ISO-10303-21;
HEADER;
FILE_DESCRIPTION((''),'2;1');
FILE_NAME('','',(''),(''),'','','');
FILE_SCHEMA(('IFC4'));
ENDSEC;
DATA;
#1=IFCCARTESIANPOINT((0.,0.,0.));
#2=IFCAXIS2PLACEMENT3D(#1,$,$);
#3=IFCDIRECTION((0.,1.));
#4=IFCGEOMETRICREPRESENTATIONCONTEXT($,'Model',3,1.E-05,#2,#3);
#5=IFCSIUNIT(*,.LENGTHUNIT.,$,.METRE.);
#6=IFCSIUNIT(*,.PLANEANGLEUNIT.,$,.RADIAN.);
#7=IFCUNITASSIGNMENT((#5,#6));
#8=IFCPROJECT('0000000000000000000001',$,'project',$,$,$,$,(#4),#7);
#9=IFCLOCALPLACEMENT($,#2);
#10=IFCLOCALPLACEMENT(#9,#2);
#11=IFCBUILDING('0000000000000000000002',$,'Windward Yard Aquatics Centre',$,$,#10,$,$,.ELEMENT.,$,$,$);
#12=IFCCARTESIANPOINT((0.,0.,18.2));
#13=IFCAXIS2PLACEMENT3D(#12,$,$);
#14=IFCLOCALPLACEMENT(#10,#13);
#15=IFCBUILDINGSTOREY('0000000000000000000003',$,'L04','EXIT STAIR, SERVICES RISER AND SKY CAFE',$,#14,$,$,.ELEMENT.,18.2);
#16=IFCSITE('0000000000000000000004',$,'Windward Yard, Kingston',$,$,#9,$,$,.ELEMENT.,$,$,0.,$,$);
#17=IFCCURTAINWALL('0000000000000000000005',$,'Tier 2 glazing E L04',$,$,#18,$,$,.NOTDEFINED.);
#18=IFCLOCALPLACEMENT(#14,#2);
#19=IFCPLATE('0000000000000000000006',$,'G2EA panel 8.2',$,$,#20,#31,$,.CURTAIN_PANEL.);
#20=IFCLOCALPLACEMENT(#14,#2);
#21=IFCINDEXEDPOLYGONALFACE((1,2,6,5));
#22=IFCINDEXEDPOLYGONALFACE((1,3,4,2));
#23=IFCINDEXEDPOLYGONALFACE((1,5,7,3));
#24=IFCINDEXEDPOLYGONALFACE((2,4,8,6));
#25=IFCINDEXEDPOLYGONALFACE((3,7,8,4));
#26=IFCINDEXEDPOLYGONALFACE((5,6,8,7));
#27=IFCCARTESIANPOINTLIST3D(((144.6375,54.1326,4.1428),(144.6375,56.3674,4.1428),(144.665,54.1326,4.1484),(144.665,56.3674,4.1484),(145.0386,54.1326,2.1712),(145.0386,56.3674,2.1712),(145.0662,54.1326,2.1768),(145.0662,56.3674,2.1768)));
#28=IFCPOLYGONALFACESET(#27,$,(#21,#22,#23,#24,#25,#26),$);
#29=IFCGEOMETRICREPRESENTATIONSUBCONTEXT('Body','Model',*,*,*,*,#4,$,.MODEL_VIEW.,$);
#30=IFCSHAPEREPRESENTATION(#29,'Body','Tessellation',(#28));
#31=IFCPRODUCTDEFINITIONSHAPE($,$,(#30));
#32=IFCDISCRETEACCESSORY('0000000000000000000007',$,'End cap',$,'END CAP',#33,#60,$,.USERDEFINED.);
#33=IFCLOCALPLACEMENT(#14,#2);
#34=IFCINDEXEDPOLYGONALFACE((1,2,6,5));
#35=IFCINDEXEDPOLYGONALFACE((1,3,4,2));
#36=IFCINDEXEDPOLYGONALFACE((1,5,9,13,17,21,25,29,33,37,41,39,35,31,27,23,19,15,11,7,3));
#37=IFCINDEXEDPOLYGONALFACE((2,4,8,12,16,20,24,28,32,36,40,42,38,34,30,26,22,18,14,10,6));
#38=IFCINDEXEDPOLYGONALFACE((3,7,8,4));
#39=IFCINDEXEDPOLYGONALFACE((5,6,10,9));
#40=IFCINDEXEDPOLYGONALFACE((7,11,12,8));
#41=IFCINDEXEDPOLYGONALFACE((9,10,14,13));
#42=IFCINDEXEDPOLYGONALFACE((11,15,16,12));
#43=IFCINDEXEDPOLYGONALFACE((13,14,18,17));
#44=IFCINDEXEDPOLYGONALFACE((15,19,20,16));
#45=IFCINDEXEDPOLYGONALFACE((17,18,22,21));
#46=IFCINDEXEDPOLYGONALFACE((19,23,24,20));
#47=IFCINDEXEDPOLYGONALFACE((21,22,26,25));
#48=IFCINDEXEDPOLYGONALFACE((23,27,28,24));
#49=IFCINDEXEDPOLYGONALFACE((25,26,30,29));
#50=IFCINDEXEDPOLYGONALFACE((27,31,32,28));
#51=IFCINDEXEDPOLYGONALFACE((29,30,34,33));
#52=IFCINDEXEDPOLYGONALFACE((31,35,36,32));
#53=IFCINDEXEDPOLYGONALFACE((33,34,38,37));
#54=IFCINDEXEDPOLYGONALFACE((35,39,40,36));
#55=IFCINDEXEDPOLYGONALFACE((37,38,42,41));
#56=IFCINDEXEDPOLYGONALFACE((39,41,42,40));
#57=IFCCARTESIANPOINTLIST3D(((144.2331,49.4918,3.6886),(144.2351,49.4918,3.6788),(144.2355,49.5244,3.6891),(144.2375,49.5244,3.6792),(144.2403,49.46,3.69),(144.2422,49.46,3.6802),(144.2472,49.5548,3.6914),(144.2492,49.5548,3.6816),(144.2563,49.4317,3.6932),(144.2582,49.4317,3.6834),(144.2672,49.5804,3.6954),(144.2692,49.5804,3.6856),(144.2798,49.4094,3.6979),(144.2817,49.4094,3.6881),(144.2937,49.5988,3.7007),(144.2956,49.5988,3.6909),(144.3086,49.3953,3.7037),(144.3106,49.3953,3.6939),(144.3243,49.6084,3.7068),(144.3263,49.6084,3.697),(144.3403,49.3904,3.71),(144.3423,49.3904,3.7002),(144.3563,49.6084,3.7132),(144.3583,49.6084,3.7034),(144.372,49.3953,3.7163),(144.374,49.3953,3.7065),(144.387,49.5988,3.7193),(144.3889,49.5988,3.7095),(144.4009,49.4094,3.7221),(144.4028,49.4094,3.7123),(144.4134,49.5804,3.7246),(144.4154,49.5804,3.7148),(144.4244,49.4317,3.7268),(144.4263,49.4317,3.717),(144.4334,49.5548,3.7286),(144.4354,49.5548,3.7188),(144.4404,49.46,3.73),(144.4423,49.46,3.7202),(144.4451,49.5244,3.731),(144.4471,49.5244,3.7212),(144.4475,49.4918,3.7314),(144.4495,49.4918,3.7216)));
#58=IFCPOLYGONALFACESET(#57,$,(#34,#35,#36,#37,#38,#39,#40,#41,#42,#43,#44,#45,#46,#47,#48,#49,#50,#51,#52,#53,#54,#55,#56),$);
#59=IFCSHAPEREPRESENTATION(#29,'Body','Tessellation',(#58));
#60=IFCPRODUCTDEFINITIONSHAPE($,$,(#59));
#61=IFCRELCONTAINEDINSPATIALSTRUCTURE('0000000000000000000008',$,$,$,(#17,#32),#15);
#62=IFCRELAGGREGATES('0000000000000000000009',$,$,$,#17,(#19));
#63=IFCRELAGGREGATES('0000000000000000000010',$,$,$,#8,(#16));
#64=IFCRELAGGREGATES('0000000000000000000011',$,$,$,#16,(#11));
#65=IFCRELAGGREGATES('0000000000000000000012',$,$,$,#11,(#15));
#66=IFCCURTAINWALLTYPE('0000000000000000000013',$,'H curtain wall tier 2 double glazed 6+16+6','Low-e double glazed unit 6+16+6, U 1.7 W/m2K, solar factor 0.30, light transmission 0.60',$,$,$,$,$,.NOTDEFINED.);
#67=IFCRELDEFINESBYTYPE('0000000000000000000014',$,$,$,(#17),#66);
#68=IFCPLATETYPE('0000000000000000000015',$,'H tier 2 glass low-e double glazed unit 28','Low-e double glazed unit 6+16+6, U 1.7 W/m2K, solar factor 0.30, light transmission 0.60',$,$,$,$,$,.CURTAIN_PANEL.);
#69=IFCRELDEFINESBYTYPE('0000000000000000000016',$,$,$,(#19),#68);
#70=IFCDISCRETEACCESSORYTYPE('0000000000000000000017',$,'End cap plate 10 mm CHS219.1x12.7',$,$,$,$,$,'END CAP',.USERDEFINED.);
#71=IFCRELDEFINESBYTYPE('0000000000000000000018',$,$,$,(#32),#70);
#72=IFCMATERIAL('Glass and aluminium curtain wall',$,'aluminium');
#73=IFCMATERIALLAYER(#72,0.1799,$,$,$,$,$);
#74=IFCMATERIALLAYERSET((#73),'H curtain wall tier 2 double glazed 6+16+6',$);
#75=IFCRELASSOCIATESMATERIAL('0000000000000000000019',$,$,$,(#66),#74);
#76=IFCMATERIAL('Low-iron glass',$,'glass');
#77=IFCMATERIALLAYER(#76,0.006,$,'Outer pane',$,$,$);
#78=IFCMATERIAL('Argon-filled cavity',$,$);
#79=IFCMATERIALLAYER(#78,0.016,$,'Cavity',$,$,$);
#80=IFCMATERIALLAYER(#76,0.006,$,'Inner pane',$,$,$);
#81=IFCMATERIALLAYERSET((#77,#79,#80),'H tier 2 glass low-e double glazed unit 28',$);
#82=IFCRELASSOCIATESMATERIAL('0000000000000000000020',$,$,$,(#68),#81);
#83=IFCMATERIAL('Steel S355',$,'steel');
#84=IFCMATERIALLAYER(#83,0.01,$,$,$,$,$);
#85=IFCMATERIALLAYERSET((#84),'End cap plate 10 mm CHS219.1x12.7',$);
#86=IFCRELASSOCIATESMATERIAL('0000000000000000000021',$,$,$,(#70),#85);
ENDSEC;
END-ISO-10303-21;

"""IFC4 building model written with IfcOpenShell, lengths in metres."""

from ifc_helpers import new_model, si_unit, direction, frame, origin, origin_2d, place, context, subcontext, project, spatial, polyline, circle, outline, extrude, material, layer, layer_set, type_object, element, aggregate, save


model = new_model("IFC4")

# Units and contexts
model_context = context("Model", 3, precision=1e-05, world=origin(), true_north=direction((0.0, 1.0)))
body_context = subcontext(model_context, "Body", "Model", "MODEL_VIEW")
ifc_project = project(units=[si_unit("LENGTHUNIT", "METRE"), si_unit("PLANEANGLEUNIT", "RADIAN")], contexts=[model_context])

# Site, building, storey
site_placement = place(None, origin())
site = spatial("IfcSite", under=ifc_project, at=site_placement, Name="Windward Yard, Kingston", CompositionType="ELEMENT", RefElevation=0.0)
building_placement = place(site_placement, origin())
building = spatial("IfcBuilding", under=site, at=building_placement, Name="Windward Yard Aquatics Centre", CompositionType="ELEMENT")
storey_placement = place(building_placement, frame((0.0, 0.0, 18.2)))
storey = spatial("IfcBuildingStorey", under=building, at=storey_placement, Name="L04", Description="EXIT STAIR, SERVICES RISER AND SKY CAFE", CompositionType="ELEMENT", Elevation=18.2)

# Curtain wall
ifc_material_1 = material(Name="Glass and aluminium curtain wall", Category="aluminium")
ifc_layer_1 = layer(ifc_material_1, 0.1799)
ifc_layer_set_1 = layer_set([ifc_layer_1], Name="H curtain wall tier 2 double glazed 6+16+6")
curtain_wall_type = type_object("IfcCurtainWallType", Name="H curtain wall tier 2 double glazed 6+16+6", Description="Low-e double glazed unit 6+16+6, U 1.7 W/m2K, solar factor 0.30, light transmission 0.60", PredefinedType="NOTDEFINED", material=ifc_layer_set_1)
curtain_wall_placement = place(storey_placement, origin())
curtain_wall = element("IfcCurtainWall", 1, at=curtain_wall_placement, inside=storey, type_object=curtain_wall_type, Name="Tier 2 glazing E L04", PredefinedType="NOTDEFINED")

# Plate
ifc_material_2 = material(Name="Low-iron glass", Category="glass")
ifc_layer_2 = layer(ifc_material_2, 0.006, Name="Outer pane")
ifc_material_3 = material(Name="Argon-filled cavity")
ifc_layer_3 = layer(ifc_material_3, 0.016, Name="Cavity")
ifc_layer_4 = layer(ifc_material_2, 0.006, Name="Inner pane")
ifc_layer_set_2 = layer_set([ifc_layer_2, ifc_layer_3, ifc_layer_4], Name="H tier 2 glass low-e double glazed unit 28")
plate_type = type_object("IfcPlateType", Name="H tier 2 glass low-e double glazed unit 28", Description="Low-e double glazed unit 6+16+6, U 1.7 W/m2K, solar factor 0.30, light transmission 0.60", PredefinedType="CURTAIN_PANEL", material=ifc_layer_set_2)
plate_1_placement = place(storey_placement, frame((144.665, 54.1326, 4.1484), z_axis=(0.979927, 0.0, 0.199359), x_axis=(0.199359, 0.0, -0.979927)))
plate_1 = element("IfcPlate", 2, at=plate_1_placement, type_object=plate_type, Name="G2EA panel 8.2", PredefinedType="CURTAIN_PANEL", context=body_context, shape_type="SweptSolid", body=[
    extrude(outline(polyline([(0.0, 0.0), (2.0121, 0.0), (2.0121, 2.2349), (0.0, 2.2349), (0.0, 0.0)])), origin(), (0.0, 0.0, -1.0), 0.0281),
])
aggregate(curtain_wall, [plate_1])

# Discrete accessory
ifc_material_4 = material(Name="Steel S355", Category="steel")
ifc_layer_5 = layer(ifc_material_4, 0.01)
ifc_layer_set_3 = layer_set([ifc_layer_5], Name="End cap plate 10 mm CHS219.1x12.7")
discrete_accessory_type = type_object("IfcDiscreteAccessoryType", Name="End cap plate 10 mm CHS219.1x12.7", ElementType="END CAP", PredefinedType="USERDEFINED", material=ifc_layer_set_3)
discrete_accessory_placement = place(storey_placement, frame((144.3423, 49.5, 3.7002), z_axis=(-0.196116, 0.0, 0.980581), x_axis=(0.0, -1.0, 0.0)))
element("IfcDiscreteAccessory", 3, at=discrete_accessory_placement, inside=storey, type_object=discrete_accessory_type, Name="End cap", ObjectType="END CAP", PredefinedType="USERDEFINED", context=body_context, shape_type="SweptSolid", body=[
    extrude(circle(Radius=0.1096, at=origin_2d()), origin(), (0.0, 0.0, 1.0), 0.01),
])

save(model, "model.ifc")
